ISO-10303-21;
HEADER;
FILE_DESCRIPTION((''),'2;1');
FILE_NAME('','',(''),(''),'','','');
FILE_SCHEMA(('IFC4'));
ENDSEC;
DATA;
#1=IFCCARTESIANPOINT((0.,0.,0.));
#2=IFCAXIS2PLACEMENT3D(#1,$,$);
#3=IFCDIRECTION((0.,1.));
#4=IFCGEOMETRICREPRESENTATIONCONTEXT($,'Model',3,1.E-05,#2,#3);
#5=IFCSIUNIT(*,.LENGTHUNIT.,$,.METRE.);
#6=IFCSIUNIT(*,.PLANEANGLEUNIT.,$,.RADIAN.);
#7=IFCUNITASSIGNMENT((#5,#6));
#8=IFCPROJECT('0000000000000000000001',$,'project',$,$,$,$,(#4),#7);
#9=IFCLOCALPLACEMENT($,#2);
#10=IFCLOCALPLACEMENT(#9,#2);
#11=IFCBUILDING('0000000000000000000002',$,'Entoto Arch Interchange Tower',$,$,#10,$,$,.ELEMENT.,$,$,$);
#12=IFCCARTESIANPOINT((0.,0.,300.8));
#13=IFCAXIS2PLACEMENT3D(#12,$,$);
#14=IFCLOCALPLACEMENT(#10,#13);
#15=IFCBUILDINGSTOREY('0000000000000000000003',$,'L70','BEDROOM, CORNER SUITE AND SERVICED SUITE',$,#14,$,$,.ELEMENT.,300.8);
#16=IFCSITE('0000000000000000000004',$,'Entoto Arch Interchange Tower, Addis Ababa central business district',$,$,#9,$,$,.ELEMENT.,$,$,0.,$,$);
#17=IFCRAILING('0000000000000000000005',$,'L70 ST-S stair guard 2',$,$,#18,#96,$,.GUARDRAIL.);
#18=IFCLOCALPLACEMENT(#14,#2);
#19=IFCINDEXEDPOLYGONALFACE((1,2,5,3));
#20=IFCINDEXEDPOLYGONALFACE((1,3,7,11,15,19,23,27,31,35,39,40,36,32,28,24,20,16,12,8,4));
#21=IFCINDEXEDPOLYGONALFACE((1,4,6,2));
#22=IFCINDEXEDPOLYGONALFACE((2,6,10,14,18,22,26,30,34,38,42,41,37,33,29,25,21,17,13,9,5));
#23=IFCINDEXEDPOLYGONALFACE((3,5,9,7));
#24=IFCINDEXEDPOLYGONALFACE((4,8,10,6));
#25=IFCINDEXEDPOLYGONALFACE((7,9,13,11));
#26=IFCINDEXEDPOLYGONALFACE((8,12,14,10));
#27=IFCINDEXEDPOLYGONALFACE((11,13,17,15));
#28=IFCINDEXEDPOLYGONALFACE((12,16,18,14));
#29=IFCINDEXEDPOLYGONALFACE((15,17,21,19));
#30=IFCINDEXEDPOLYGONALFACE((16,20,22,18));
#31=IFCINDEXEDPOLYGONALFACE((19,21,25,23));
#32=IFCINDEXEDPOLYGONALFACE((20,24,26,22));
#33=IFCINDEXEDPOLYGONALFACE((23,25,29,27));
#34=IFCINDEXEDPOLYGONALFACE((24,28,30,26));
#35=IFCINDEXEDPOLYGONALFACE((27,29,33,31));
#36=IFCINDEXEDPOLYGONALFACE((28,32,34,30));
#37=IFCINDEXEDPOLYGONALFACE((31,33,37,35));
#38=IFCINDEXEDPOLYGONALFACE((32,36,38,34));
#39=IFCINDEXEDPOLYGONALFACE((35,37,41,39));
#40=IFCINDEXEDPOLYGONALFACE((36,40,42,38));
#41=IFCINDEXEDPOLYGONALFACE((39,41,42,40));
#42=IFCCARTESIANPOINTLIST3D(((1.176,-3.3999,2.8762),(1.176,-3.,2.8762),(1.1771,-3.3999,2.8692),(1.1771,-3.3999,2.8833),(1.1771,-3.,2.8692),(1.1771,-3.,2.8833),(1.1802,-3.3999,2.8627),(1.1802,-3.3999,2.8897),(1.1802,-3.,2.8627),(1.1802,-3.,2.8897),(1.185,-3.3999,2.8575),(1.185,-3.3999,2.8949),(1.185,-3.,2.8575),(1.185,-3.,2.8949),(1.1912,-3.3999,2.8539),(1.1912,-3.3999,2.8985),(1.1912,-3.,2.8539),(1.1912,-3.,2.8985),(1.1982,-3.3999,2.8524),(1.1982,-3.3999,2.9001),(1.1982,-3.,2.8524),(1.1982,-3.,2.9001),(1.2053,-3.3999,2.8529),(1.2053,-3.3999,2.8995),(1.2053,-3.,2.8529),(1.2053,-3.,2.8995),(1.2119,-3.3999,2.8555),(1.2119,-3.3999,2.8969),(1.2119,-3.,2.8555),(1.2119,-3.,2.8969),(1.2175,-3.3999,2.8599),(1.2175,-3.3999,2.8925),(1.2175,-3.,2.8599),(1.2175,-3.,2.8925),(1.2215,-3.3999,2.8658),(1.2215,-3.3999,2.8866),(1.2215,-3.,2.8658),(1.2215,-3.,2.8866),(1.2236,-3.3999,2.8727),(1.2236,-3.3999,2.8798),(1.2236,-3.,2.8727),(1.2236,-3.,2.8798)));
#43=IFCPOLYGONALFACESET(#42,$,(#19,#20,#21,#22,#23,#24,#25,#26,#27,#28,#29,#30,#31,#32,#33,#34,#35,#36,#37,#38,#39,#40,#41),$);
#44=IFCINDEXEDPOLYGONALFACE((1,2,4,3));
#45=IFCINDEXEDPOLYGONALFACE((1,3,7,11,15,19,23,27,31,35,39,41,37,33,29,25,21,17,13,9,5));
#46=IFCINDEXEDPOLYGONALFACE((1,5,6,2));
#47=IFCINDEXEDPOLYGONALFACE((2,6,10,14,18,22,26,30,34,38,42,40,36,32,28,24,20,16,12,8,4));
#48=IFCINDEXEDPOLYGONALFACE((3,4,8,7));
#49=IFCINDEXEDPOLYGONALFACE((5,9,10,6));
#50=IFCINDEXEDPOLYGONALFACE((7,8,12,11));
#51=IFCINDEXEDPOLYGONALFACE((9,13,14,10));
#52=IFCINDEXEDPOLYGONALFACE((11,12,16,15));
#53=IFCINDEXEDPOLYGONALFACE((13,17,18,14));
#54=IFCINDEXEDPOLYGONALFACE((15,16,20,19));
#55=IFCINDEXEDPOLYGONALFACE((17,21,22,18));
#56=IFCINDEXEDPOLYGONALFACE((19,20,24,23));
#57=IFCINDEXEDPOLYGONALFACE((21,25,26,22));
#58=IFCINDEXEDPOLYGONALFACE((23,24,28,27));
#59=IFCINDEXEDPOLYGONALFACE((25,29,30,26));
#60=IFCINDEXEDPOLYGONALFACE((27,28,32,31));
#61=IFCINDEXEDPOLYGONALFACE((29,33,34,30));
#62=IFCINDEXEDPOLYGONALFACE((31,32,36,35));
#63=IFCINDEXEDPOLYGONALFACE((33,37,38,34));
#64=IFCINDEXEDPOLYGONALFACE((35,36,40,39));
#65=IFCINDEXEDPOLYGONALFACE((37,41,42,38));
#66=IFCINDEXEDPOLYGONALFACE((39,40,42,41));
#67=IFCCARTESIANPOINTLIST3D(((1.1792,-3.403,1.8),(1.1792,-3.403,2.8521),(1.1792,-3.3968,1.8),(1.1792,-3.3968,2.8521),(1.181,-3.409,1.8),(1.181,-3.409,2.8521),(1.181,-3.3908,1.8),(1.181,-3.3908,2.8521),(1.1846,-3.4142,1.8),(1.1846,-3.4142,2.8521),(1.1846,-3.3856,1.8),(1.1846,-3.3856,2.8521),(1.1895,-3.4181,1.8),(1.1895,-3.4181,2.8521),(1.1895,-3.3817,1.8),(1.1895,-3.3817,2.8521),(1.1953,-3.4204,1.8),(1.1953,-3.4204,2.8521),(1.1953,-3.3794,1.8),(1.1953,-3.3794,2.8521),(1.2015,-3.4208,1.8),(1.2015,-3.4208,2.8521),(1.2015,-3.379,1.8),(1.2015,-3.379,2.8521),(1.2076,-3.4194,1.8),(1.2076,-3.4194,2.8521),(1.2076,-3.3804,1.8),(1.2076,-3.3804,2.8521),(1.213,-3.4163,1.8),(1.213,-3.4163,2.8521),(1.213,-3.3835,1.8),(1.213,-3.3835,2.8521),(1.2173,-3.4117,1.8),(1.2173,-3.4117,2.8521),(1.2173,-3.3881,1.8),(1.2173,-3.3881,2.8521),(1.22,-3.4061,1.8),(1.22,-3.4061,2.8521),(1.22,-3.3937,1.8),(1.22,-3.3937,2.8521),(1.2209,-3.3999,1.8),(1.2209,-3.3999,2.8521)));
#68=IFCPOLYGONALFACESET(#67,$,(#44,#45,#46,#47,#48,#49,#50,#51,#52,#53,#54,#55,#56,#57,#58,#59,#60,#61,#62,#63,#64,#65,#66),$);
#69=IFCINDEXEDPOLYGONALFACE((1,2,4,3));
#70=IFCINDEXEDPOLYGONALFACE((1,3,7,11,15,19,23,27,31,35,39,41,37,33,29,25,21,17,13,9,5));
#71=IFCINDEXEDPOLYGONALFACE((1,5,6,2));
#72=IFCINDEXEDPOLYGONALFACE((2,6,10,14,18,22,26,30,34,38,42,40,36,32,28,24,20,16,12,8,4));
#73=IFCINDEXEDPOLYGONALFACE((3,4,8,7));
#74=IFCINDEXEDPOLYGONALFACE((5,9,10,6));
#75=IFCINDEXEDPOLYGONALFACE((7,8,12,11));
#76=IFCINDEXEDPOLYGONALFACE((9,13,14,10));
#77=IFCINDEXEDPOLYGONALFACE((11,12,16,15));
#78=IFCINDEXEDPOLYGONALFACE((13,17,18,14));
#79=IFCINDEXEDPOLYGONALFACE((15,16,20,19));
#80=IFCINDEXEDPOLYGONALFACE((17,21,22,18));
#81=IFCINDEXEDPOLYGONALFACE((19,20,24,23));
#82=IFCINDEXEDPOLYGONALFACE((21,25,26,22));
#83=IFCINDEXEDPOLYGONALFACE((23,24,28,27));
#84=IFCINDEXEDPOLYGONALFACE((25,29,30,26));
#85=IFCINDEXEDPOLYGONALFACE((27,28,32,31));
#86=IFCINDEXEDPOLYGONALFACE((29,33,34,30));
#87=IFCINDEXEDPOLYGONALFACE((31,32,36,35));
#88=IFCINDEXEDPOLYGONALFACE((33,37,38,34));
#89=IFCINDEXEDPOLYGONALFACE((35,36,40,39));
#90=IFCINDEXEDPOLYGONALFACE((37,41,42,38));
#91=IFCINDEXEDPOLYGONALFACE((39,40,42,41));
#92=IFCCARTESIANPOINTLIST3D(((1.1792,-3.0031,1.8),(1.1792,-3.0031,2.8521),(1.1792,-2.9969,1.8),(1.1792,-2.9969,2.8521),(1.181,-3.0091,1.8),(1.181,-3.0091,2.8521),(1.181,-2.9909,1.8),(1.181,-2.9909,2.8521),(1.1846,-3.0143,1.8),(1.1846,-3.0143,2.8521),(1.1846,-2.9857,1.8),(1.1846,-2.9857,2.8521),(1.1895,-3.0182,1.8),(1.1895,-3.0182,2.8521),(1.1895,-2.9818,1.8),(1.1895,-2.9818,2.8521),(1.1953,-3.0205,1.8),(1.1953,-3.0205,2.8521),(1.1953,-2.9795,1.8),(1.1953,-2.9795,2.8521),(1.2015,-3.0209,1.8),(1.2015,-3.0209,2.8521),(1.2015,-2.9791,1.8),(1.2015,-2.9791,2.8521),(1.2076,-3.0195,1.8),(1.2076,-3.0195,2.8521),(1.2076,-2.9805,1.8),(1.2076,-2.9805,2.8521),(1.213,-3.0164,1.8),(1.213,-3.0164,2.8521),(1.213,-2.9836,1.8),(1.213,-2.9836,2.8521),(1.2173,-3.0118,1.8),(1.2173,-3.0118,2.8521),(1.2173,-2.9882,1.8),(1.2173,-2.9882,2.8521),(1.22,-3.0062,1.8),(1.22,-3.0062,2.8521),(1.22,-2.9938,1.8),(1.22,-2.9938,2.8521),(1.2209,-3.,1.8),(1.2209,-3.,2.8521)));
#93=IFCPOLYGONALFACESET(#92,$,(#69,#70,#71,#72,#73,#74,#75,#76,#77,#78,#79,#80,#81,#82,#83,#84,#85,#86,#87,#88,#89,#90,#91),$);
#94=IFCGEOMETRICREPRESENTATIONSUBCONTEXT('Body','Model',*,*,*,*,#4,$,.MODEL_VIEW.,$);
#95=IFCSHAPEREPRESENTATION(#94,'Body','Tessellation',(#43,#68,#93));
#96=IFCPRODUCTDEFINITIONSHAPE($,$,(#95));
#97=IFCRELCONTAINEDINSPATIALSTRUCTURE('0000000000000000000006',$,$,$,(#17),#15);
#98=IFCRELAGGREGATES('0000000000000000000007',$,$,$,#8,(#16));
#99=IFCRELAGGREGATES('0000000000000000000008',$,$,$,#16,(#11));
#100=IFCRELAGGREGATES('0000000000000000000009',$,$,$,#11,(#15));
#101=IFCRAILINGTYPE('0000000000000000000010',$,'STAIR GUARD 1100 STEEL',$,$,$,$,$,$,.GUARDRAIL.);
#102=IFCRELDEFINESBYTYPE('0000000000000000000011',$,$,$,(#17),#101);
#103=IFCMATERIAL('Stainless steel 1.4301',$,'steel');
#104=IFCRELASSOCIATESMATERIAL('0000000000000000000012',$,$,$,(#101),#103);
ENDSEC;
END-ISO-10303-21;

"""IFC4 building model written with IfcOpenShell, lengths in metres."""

from ifc_helpers import new_model, si_unit, direction, frame, origin, origin_2d, place, context, subcontext, project, spatial, circle, extrude, material, type_object, element, save


model = new_model("IFC4")

# Units and contexts
model_context = context("Model", 3, precision=1e-05, world=origin(), true_north=direction((0.0, 1.0)))
body_context = subcontext(model_context, "Body", "Model", "MODEL_VIEW")
ifc_project = project(units=[si_unit("LENGTHUNIT", "METRE"), si_unit("PLANEANGLEUNIT", "RADIAN")], contexts=[model_context])

# Site, building, storey
site_placement = place(None, origin())
site = spatial("IfcSite", under=ifc_project, at=site_placement, Name="Entoto Arch Interchange Tower, Addis Ababa central business district", CompositionType="ELEMENT", RefElevation=0.0)
building_placement = place(site_placement, origin())
building = spatial("IfcBuilding", under=site, at=building_placement, Name="Entoto Arch Interchange Tower", CompositionType="ELEMENT")
storey_placement = place(building_placement, frame((0.0, 0.0, 300.8)))
storey = spatial("IfcBuildingStorey", under=building, at=storey_placement, Name="L70", Description="BEDROOM, CORNER SUITE AND SERVICED SUITE", CompositionType="ELEMENT", Elevation=300.8)

# Railing
ifc_material_1 = material(Name="Stainless steel 1.4301", Category="steel")
railing_type_1 = type_object("IfcRailingType", Name="STAIR GUARD 1100 STEEL", PredefinedType="GUARDRAIL", material=ifc_material_1)
railing_1_placement = place(storey_placement, frame((1.2, -3.3999, 1.8)))
element("IfcRailing", 1, at=railing_1_placement, inside=storey, type_object=railing_type_1, Name="L70 ST-S stair guard 2", PredefinedType="GUARDRAIL", context=body_context, shape_type="SweptSolid", body=[
    extrude(circle(Radius=0.0239, at=origin_2d()), frame((0.0, 0.0, 1.0762), z_axis=(0.0, 1.0, 0.0), x_axis=(-1.0, 0.0, 0.0)), (0.0, 0.0, 1.0), 0.3999),
    extrude(circle(Radius=0.021, at=origin_2d()), origin(), (0.0, 0.0, 1.0), 1.052),
    extrude(circle(Radius=0.021, at=origin_2d()), frame((0.0, 0.3999, 0.0)), (0.0, 0.0, 1.0), 1.052),
])

save(model, "model.ifc")
